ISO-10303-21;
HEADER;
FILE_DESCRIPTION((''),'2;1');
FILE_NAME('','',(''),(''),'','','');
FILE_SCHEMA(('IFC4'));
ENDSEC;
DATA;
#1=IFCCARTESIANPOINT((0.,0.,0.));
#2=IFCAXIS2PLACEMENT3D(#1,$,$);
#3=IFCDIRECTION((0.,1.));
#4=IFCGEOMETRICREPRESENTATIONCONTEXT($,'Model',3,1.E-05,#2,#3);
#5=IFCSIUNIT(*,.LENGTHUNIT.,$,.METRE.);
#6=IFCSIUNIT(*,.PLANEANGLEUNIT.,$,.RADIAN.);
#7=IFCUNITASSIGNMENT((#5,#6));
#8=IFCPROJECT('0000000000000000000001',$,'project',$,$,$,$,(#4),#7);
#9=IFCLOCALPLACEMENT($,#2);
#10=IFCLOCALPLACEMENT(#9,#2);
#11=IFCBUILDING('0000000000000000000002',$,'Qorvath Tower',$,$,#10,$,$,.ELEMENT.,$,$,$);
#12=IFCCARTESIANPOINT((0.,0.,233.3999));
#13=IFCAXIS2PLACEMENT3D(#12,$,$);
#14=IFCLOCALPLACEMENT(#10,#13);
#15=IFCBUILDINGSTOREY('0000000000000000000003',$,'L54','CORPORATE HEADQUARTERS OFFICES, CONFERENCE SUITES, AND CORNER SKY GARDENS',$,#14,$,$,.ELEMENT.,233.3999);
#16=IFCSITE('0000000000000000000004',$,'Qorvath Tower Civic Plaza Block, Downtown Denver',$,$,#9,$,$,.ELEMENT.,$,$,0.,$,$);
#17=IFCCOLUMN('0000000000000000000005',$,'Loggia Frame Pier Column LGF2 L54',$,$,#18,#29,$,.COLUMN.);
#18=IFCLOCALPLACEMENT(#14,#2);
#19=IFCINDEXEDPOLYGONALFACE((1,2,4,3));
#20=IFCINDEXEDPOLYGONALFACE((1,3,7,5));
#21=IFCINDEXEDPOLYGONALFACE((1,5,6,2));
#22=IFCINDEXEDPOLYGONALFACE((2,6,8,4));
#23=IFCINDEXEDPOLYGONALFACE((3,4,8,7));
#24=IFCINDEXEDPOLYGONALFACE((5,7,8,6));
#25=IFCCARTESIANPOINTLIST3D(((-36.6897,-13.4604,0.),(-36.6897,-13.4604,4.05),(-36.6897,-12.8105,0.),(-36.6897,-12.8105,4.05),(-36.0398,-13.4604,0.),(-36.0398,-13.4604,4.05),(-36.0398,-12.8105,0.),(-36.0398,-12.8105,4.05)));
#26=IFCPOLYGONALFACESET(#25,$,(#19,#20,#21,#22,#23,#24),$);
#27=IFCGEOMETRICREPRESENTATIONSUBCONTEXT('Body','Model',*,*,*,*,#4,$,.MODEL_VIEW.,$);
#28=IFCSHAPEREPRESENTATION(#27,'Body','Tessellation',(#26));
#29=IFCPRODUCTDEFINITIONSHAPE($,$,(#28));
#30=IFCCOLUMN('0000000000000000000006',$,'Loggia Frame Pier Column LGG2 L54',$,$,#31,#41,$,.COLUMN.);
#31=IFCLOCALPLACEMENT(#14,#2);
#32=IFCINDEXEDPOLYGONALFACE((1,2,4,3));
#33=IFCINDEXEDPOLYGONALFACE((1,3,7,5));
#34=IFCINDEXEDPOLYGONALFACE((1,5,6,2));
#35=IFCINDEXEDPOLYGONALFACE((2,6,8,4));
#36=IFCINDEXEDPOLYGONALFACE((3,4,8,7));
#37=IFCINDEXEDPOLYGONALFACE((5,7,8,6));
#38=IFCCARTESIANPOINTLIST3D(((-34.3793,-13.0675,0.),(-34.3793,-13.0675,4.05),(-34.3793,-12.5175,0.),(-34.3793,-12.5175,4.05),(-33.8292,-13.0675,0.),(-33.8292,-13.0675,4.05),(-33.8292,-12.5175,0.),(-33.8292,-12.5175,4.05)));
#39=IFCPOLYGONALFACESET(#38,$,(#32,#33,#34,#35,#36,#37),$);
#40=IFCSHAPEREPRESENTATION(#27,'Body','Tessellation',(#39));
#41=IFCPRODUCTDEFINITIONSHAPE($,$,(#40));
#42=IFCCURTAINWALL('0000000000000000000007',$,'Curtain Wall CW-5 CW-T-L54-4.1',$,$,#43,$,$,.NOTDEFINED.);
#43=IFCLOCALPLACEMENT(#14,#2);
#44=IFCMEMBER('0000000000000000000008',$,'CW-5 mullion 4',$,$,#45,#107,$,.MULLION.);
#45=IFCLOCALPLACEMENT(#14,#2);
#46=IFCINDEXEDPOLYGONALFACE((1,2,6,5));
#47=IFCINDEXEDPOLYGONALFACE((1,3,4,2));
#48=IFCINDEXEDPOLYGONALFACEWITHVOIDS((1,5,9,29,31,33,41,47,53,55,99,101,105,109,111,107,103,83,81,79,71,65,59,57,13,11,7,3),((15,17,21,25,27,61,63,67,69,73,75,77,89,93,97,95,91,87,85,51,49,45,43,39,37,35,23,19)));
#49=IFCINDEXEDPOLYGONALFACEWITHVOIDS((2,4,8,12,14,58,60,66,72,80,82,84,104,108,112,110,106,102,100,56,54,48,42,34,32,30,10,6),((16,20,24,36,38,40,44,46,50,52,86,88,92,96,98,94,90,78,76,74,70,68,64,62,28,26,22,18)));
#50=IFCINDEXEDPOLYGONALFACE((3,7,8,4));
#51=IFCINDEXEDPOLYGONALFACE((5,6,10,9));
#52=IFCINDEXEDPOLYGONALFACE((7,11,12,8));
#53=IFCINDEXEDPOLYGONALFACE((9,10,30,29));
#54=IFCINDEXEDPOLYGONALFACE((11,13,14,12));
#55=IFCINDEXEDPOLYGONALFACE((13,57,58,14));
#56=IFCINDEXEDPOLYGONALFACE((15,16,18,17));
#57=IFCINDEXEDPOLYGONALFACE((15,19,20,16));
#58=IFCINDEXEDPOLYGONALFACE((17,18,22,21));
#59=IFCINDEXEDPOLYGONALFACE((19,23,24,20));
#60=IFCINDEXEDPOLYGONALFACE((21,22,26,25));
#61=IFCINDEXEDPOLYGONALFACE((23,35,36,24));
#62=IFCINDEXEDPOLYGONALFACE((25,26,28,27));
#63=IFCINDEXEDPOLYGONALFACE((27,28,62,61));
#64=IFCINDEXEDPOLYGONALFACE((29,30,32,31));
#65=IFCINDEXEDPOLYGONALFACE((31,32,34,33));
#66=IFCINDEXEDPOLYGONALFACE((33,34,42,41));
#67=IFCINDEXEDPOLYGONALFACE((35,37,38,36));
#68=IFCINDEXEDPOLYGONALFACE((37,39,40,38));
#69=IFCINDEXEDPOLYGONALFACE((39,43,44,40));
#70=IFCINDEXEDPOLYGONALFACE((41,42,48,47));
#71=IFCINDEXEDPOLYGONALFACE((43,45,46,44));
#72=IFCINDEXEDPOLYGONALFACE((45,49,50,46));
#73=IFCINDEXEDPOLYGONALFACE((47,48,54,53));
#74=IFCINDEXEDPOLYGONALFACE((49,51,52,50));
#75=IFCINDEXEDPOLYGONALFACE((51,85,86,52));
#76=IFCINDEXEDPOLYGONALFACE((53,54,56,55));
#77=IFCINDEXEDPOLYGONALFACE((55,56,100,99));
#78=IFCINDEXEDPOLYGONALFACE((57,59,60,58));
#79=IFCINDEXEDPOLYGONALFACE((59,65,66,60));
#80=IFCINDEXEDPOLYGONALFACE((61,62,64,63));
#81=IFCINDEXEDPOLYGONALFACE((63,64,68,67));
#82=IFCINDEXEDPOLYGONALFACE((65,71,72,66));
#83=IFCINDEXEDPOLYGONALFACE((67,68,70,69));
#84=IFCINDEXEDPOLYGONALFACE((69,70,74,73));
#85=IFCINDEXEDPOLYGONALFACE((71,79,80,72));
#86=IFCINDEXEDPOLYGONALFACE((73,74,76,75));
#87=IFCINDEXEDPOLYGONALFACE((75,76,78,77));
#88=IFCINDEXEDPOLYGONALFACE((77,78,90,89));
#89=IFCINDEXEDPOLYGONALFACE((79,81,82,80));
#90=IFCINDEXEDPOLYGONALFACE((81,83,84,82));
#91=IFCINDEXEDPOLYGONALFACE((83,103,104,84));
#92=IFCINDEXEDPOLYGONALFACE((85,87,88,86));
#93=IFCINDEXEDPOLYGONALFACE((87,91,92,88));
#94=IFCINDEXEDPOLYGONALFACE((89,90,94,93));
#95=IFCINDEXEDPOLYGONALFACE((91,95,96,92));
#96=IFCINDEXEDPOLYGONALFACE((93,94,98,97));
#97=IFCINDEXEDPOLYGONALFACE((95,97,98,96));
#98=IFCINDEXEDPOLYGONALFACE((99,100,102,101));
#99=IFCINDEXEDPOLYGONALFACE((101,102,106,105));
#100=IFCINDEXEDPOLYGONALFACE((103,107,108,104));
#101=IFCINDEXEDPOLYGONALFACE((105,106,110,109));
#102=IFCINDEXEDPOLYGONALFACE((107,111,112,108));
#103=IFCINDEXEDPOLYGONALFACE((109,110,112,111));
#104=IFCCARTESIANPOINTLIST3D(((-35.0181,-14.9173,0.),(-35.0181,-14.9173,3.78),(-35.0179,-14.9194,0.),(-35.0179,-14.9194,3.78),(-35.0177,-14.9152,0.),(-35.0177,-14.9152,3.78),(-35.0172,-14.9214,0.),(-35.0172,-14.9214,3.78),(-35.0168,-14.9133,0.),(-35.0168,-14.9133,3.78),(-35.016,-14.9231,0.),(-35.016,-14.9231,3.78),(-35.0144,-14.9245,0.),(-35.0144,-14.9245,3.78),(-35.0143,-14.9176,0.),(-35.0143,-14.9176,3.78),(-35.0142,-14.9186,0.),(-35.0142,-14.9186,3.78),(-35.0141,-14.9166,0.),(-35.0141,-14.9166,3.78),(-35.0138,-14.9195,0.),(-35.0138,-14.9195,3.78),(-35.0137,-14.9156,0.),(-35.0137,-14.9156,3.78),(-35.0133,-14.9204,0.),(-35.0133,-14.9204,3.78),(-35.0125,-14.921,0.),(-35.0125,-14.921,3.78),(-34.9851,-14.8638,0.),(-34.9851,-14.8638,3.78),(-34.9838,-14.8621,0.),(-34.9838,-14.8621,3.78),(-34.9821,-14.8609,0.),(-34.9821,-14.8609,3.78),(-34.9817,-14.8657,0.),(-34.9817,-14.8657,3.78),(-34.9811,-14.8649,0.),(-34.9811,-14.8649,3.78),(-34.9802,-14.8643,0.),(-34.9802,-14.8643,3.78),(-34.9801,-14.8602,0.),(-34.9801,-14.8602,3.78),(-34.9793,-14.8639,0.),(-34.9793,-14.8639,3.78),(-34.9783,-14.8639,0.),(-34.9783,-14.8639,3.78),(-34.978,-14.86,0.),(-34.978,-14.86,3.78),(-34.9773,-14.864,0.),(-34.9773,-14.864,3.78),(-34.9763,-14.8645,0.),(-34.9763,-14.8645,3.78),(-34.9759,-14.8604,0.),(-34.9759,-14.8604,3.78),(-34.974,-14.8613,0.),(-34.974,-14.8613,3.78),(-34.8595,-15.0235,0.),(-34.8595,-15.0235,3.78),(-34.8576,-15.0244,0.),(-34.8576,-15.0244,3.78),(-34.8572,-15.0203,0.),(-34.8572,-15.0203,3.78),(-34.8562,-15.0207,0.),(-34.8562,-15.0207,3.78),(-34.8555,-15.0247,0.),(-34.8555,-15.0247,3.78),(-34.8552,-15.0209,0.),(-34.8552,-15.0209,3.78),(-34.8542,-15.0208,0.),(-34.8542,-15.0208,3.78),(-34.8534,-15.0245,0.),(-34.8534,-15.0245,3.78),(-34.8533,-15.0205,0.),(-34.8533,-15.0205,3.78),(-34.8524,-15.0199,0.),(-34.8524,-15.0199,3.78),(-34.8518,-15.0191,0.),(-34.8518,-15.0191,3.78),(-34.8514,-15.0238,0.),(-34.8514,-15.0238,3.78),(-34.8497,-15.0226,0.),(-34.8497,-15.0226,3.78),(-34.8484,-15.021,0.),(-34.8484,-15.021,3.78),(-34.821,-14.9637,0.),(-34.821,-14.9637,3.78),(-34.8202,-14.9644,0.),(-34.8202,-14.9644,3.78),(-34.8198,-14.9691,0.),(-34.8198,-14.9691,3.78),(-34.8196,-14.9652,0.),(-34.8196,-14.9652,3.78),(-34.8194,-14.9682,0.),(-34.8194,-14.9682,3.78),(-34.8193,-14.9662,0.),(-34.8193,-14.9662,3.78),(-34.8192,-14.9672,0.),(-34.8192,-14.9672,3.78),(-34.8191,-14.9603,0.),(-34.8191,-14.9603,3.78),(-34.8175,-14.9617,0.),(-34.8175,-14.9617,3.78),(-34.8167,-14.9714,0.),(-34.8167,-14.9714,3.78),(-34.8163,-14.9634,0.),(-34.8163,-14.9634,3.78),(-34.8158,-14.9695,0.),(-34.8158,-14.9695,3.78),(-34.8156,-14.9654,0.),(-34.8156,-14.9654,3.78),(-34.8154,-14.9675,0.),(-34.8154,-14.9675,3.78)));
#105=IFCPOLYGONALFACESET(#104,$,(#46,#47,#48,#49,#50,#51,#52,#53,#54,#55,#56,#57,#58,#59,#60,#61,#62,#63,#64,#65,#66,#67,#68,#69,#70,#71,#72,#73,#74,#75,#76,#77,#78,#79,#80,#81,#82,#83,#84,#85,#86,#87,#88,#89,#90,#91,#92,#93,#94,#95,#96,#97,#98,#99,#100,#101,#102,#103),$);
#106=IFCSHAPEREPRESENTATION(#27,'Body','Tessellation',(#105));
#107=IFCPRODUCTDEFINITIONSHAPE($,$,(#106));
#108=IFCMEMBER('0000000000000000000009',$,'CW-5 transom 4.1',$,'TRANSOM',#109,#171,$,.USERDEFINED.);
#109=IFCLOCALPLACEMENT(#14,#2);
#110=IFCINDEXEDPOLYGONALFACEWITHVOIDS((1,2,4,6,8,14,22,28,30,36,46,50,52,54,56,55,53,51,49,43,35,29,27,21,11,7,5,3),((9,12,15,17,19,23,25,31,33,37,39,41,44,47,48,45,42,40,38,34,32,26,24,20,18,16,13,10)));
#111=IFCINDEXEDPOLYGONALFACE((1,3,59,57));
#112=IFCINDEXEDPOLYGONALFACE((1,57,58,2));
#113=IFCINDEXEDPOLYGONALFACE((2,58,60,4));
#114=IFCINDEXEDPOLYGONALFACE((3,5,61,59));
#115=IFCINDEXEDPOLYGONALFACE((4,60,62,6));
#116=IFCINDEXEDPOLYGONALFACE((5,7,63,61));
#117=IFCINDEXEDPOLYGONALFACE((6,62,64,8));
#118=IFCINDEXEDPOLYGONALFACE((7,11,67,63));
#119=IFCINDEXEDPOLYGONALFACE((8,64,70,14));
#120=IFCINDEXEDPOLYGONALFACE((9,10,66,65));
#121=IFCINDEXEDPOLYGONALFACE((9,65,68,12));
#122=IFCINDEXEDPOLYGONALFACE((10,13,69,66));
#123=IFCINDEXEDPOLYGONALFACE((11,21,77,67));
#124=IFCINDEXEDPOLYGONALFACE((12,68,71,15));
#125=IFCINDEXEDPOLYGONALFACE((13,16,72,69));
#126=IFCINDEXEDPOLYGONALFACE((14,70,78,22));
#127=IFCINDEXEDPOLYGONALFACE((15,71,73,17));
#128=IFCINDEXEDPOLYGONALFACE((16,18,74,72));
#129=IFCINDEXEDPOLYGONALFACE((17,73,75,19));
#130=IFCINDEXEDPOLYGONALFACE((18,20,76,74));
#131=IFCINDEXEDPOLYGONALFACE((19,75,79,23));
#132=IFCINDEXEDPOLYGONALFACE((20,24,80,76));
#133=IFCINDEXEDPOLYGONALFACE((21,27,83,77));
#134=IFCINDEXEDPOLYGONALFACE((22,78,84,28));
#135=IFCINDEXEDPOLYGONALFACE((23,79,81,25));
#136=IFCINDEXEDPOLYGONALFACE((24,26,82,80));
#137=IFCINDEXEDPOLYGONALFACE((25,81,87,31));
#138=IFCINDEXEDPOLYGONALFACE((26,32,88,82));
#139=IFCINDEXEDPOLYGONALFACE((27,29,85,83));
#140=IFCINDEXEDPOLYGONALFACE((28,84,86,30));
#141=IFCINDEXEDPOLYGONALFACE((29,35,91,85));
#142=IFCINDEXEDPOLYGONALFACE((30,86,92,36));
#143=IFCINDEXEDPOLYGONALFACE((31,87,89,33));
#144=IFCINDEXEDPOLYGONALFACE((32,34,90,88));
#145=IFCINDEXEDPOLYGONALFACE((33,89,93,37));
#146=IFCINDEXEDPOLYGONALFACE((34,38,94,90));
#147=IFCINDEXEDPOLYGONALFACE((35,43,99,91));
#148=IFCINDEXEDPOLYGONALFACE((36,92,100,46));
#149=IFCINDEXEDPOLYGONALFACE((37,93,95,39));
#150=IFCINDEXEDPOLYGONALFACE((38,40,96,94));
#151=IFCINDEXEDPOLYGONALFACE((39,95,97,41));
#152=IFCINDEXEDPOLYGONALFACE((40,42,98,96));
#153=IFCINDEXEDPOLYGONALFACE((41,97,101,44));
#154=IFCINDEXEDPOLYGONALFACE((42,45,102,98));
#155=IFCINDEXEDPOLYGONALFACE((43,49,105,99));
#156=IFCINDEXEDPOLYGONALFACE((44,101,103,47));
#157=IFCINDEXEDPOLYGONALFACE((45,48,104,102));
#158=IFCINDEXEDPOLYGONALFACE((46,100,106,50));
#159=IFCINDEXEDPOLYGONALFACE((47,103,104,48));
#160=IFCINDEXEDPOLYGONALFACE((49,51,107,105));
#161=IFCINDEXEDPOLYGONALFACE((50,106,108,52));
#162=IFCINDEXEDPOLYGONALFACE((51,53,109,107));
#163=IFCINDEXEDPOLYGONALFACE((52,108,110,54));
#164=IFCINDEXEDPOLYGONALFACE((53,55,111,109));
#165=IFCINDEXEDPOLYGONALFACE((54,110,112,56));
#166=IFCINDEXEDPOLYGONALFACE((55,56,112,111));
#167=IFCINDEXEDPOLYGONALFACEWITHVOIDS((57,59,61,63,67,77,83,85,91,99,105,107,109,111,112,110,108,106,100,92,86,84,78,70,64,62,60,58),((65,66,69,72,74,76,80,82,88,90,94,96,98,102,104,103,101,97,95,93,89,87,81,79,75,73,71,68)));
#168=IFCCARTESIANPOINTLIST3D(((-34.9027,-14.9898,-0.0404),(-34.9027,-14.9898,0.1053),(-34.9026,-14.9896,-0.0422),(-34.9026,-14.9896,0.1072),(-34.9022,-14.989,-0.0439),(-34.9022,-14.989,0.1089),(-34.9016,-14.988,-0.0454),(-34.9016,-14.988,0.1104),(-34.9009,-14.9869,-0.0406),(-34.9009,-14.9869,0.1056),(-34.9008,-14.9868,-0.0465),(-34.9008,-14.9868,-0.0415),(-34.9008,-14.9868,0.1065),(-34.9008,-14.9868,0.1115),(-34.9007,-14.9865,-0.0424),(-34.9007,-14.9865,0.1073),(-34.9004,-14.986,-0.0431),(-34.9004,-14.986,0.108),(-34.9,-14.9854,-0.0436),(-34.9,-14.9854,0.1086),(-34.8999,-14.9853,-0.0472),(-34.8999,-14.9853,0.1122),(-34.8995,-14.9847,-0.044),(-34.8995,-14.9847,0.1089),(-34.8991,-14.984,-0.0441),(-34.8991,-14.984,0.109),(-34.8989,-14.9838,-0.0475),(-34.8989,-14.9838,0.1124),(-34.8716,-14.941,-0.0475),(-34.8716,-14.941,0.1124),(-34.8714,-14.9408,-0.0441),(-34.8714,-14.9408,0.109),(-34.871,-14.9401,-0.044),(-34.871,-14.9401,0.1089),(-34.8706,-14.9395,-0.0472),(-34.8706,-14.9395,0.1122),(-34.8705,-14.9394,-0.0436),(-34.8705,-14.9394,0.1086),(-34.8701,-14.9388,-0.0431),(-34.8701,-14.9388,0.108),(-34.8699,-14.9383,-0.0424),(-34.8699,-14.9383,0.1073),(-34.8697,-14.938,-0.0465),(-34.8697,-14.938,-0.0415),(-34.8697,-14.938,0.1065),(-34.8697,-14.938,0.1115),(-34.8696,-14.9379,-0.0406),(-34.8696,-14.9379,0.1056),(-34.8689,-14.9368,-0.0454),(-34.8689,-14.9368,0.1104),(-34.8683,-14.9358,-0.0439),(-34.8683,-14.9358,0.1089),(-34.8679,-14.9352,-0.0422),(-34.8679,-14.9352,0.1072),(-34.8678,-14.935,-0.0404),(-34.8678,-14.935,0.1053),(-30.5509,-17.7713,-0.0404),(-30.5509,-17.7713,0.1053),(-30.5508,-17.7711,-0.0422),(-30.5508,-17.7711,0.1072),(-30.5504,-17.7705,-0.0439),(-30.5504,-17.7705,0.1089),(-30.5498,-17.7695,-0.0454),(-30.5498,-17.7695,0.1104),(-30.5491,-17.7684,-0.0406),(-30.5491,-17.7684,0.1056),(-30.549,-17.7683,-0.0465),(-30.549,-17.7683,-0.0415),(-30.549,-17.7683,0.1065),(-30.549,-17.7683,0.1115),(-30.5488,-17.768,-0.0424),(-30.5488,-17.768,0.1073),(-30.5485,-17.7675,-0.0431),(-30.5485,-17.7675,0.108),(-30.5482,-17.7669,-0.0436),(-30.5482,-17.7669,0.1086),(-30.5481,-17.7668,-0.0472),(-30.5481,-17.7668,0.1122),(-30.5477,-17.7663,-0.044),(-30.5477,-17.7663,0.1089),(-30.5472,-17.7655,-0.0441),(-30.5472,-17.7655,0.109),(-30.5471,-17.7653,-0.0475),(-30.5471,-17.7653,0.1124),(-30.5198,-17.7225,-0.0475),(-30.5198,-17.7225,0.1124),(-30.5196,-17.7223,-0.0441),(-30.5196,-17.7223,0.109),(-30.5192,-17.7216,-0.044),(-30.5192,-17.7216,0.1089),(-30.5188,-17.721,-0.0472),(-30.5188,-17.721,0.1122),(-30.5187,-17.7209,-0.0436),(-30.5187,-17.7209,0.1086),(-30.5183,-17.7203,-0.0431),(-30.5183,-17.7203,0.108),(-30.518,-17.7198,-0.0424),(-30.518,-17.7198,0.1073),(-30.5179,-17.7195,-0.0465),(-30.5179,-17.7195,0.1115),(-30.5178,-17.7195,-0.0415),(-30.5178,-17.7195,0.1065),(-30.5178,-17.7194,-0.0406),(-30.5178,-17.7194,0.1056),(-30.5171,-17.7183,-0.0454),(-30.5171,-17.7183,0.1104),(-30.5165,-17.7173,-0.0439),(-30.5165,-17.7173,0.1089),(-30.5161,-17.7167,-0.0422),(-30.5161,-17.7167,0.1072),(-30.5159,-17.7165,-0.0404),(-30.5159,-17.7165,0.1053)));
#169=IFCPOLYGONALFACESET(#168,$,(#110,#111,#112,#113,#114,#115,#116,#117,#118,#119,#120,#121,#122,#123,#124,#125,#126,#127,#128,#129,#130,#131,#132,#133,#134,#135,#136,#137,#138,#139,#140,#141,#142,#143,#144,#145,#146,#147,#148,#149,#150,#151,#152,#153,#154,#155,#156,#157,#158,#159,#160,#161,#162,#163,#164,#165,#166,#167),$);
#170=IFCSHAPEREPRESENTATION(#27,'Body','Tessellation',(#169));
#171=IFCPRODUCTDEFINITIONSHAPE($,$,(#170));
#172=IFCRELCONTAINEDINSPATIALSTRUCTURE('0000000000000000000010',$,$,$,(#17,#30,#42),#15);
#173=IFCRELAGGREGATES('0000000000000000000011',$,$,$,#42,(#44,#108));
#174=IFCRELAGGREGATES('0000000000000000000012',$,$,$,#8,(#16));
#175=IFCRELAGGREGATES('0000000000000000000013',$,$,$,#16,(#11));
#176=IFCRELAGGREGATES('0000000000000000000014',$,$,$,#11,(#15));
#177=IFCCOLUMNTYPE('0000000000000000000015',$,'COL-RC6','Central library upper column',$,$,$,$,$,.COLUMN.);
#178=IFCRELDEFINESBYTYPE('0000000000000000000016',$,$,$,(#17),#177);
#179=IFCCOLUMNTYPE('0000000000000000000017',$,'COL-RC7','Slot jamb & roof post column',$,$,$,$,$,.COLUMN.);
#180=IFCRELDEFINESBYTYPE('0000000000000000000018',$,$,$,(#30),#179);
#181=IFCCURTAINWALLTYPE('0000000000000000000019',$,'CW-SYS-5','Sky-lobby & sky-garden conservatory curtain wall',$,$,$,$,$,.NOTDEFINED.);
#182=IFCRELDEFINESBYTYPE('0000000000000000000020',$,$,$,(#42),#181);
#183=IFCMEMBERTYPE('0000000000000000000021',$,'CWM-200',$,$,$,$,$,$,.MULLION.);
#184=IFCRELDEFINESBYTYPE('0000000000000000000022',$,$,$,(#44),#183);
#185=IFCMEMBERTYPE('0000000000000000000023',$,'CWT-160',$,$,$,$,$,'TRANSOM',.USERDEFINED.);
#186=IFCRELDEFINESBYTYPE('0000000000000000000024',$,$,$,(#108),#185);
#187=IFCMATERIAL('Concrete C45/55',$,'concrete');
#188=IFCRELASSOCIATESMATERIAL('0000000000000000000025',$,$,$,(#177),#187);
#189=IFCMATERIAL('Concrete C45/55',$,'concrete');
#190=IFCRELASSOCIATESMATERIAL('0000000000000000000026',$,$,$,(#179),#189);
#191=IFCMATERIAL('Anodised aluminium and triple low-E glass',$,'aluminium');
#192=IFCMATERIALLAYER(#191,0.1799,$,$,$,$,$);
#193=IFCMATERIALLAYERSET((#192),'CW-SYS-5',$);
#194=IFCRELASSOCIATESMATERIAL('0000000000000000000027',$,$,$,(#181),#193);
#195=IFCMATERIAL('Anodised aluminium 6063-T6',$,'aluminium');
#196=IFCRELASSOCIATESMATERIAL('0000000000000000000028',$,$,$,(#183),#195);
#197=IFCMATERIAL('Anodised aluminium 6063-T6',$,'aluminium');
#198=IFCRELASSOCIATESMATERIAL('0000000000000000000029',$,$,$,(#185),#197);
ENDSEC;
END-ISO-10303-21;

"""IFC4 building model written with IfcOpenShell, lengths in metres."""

from ifc_helpers import new_model, si_unit, direction, frame, origin, origin_2d, place, context, subcontext, project, spatial, rectangle, hollow_rectangle, extrude, material, layer, layer_set, material_profile, profile_set, type_object, element, aggregate, save


model = new_model("IFC4")

# Units and contexts
model_context = context("Model", 3, precision=1e-05, world=origin(), true_north=direction((0.0, 1.0)))
body_context = subcontext(model_context, "Body", "Model", "MODEL_VIEW")
ifc_project = project(units=[si_unit("LENGTHUNIT", "METRE"), si_unit("PLANEANGLEUNIT", "RADIAN")], contexts=[model_context])

# Site, building, storey
site_placement = place(None, origin())
site = spatial("IfcSite", under=ifc_project, at=site_placement, Name="Qorvath Tower Civic Plaza Block, Downtown Denver", CompositionType="ELEMENT", RefElevation=0.0)
building_placement = place(site_placement, origin())
building = spatial("IfcBuilding", under=site, at=building_placement, Name="Qorvath Tower", CompositionType="ELEMENT")
storey_placement = place(building_placement, frame((0.0, 0.0, 233.3999)))
storey = spatial("IfcBuildingStorey", under=building, at=storey_placement, Name="L54", Description="CORPORATE HEADQUARTERS OFFICES, CONFERENCE SUITES, AND CORNER SKY GARDENS", CompositionType="ELEMENT", Elevation=233.3999)

# Columns
ifc_material_1 = material(Name="Concrete C45/55", Category="concrete")
ifc_material_profile_1 = material_profile(ifc_material_1, rectangle(XDim=0.6499, YDim=0.6499, at=origin_2d()), Name="RC 650x650")
ifc_profile_set_1 = profile_set([ifc_material_profile_1], Name="Concrete C45/55")
column_type_1 = type_object("IfcColumnType", Name="COL-RC6", Description="Central library upper column", PredefinedType="COLUMN", material=ifc_profile_set_1)
column_1_placement = place(storey_placement, frame((-36.3647, -13.1355, 0.0), z_axis=(0.0, 0.0, 1.0), x_axis=(1.0, 0.0, 0.0)))
element("IfcColumn", 1, at=column_1_placement, inside=storey, type_object=column_type_1, Name="Loggia Frame Pier Column LGF2 L54", PredefinedType="COLUMN", context=body_context, shape_type="SweptSolid", body=[
    extrude(rectangle(XDim=0.6499, YDim=0.6499, at=origin_2d()), origin(), (0.0, 0.0, 1.0), 4.05),
])
ifc_material_2 = material(Name="Concrete C45/55", Category="concrete")
ifc_material_profile_2 = material_profile(ifc_material_2, rectangle(XDim=0.55, YDim=0.55, at=origin_2d()), Name="RC 550x550")
ifc_profile_set_2 = profile_set([ifc_material_profile_2], Name="Concrete C45/55")
column_type_2 = type_object("IfcColumnType", Name="COL-RC7", Description="Slot jamb & roof post column", PredefinedType="COLUMN", material=ifc_profile_set_2)
column_2_placement = place(storey_placement, frame((-34.1042, -12.7925, 0.0), z_axis=(0.0, 0.0, 1.0), x_axis=(1.0, 0.0, 0.0)))
element("IfcColumn", 2, at=column_2_placement, inside=storey, type_object=column_type_2, Name="Loggia Frame Pier Column LGG2 L54", PredefinedType="COLUMN", context=body_context, shape_type="SweptSolid", body=[
    extrude(rectangle(XDim=0.55, YDim=0.55, at=origin_2d()), origin(), (0.0, 0.0, 1.0), 4.05),
])

# Curtain wall, members
ifc_material_3 = material(Name="Anodised aluminium and triple low-E glass", Category="aluminium")
ifc_layer_1 = layer(ifc_material_3, 0.1799)
ifc_layer_set_1 = layer_set([ifc_layer_1], Name="CW-SYS-5")
curtain_wall_type = type_object("IfcCurtainWallType", Name="CW-SYS-5", Description="Sky-lobby & sky-garden conservatory curtain wall", PredefinedType="NOTDEFINED", material=ifc_layer_set_1)
curtain_wall_placement = place(storey_placement, origin())
curtain_wall = element("IfcCurtainWall", 3, at=curtain_wall_placement, inside=storey, type_object=curtain_wall_type, Name="Curtain Wall CW-5 CW-T-L54-4.1", PredefinedType="NOTDEFINED")
ifc_material_4 = material(Name="Anodised aluminium 6063-T6", Category="aluminium")
ifc_material_profile_3 = material_profile(ifc_material_4, hollow_rectangle(XDim=0.075, YDim=0.2, WallThickness=0.0039, InnerFilletRadius=0.0039, OuterFilletRadius=0.0081, at=origin_2d()), Name="CWM 200x75")
ifc_profile_set_3 = profile_set([ifc_material_profile_3], Name="Anodised aluminium 6063-T6")
member_type_1 = type_object("IfcMemberType", Name="CWM-200", PredefinedType="MULLION", material=ifc_profile_set_3)
member_1_placement = place(storey_placement, frame((-34.9167, -14.9424, 0.0), z_axis=(0.0, 0.0, 1.0), x_axis=(0.538528, 0.842607, 0.0)))
member_1 = element("IfcMember", 4, at=member_1_placement, type_object=member_type_1, Name="CW-5 mullion 4", PredefinedType="MULLION", context=body_context, shape_type="SweptSolid", body=[
    extrude(hollow_rectangle(XDim=0.075, YDim=0.2, WallThickness=0.0039, InnerFilletRadius=0.0039, OuterFilletRadius=0.0081, at=origin_2d()), origin(), (0.0, 0.0, 1.0), 3.78),
])
ifc_material_5 = material(Name="Anodised aluminium 6063-T6", Category="aluminium")
ifc_material_profile_4 = material_profile(ifc_material_5, hollow_rectangle(XDim=0.0649, YDim=0.1599, WallThickness=0.0034, InnerFilletRadius=0.0034, OuterFilletRadius=0.0071, at=origin_2d()), Name="CWT 160x65")
ifc_profile_set_4 = profile_set([ifc_material_profile_4], Name="Anodised aluminium 6063-T6")
member_type_2 = type_object("IfcMemberType", Name="CWT-160", ElementType="TRANSOM", PredefinedType="USERDEFINED", material=ifc_profile_set_4)
member_2_placement = place(storey_placement, frame((-34.8853, -14.9624, 0.0325), z_axis=(0.842593, -0.538551, 0.0), x_axis=(0.538551, 0.842593, 0.0)))
member_2 = element("IfcMember", 5, at=member_2_placement, type_object=member_type_2, Name="CW-5 transom 4.1", ObjectType="TRANSOM", PredefinedType="USERDEFINED", context=body_context, shape_type="SweptSolid", body=[
    extrude(hollow_rectangle(XDim=0.0649, YDim=0.1599, WallThickness=0.0034, InnerFilletRadius=0.0034, OuterFilletRadius=0.0071, at=origin_2d()), origin(), (0.0, 0.0, 1.0), 5.1648),
])
aggregate(curtain_wall, [member_1, member_2])

save(model, "model.ifc")
